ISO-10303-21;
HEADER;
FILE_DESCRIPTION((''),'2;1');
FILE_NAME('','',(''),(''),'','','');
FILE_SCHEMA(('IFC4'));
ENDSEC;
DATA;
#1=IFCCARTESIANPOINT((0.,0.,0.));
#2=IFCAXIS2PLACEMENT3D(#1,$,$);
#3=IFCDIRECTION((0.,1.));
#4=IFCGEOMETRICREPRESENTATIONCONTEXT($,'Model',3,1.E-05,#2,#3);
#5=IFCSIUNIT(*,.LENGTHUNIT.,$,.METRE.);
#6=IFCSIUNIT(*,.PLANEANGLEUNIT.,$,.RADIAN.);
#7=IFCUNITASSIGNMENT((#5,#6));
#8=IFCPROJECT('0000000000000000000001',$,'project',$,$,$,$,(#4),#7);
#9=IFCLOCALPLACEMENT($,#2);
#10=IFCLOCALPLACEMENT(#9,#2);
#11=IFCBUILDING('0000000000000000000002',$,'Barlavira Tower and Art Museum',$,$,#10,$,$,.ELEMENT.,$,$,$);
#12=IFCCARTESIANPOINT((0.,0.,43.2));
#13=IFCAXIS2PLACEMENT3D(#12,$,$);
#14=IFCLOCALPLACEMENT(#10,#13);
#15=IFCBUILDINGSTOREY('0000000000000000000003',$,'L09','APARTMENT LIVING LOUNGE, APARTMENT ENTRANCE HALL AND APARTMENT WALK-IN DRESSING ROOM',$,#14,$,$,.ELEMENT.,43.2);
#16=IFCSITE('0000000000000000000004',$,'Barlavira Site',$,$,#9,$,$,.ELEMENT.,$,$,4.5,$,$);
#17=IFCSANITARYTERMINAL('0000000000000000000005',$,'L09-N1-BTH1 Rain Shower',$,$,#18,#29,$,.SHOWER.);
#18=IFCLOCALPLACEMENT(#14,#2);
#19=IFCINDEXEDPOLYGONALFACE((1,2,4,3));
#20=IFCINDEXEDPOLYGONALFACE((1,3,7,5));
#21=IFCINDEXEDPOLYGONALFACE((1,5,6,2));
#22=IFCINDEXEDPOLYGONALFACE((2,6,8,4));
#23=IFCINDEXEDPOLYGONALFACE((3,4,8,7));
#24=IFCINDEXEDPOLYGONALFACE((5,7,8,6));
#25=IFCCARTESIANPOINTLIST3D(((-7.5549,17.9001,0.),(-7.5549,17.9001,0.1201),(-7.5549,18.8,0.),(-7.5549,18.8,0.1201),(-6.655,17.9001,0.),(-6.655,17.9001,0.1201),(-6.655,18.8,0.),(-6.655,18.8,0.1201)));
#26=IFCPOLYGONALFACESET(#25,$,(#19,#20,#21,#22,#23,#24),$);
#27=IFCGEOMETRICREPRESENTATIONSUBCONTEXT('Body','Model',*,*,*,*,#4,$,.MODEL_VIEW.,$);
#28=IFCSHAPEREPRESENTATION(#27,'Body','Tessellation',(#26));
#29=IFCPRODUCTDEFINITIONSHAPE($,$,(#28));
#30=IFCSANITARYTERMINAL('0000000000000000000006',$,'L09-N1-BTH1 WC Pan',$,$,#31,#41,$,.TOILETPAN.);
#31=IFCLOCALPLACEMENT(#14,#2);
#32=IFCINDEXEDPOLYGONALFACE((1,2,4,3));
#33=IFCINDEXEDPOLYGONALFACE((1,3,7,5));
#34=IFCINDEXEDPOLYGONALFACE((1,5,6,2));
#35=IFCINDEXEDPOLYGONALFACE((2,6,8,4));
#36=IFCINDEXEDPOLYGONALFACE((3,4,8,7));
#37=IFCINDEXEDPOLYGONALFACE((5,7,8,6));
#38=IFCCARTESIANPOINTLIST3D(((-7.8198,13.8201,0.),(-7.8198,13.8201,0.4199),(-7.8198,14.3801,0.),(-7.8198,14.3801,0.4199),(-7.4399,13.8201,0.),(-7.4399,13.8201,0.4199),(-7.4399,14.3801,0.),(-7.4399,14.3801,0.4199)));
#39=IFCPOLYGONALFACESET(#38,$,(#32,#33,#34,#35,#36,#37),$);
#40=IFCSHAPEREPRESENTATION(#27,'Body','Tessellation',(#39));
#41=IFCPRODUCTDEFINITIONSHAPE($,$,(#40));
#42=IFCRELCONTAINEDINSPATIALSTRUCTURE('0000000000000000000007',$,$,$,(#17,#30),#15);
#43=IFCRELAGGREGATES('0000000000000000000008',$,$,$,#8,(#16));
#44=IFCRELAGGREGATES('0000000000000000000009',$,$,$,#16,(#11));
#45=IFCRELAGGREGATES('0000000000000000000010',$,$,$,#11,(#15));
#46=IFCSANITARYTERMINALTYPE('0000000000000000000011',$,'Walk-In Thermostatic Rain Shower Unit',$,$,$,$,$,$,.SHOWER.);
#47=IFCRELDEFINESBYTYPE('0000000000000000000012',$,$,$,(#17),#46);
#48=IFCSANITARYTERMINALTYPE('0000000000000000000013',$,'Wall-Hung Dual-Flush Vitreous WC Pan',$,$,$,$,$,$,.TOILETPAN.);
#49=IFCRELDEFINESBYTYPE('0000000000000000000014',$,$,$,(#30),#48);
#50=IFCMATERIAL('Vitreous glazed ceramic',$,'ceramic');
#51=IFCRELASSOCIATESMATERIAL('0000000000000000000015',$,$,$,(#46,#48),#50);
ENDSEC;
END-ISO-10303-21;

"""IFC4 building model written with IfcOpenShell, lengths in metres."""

from ifc_helpers import new_model, si_unit, direction, frame, origin, origin_2d, place, context, subcontext, project, spatial, rectangle, extrude, material, type_object, element, save


model = new_model("IFC4")

# Units and contexts
model_context = context("Model", 3, precision=1e-05, world=origin(), true_north=direction((0.0, 1.0)))
body_context = subcontext(model_context, "Body", "Model", "MODEL_VIEW")
ifc_project = project(units=[si_unit("LENGTHUNIT", "METRE"), si_unit("PLANEANGLEUNIT", "RADIAN")], contexts=[model_context])

# Site, building, storey
site_placement = place(None, origin())
site = spatial("IfcSite", under=ifc_project, at=site_placement, Name="Barlavira Site", CompositionType="ELEMENT", RefElevation=4.5)
building_placement = place(site_placement, origin())
building = spatial("IfcBuilding", under=site, at=building_placement, Name="Barlavira Tower and Art Museum", CompositionType="ELEMENT")
storey_placement = place(building_placement, frame((0.0, 0.0, 43.2)))
storey = spatial("IfcBuildingStorey", under=building, at=storey_placement, Name="L09", Description="APARTMENT LIVING LOUNGE, APARTMENT ENTRANCE HALL AND APARTMENT WALK-IN DRESSING ROOM", CompositionType="ELEMENT", Elevation=43.2)

# Sanitary terminals
ifc_material_1 = material(Name="Vitreous glazed ceramic", Category="ceramic")
sanitary_terminal_type_1 = type_object("IfcSanitaryTerminalType", Name="Walk-In Thermostatic Rain Shower Unit", PredefinedType="SHOWER", material=ifc_material_1)
sanitary_terminal_1_placement = place(storey_placement, frame((-7.105, 18.3501, 0.0), z_axis=(0.0, 0.0, 1.0), x_axis=(1.0, 0.0, 0.0)))
element("IfcSanitaryTerminal", 1, at=sanitary_terminal_1_placement, inside=storey, type_object=sanitary_terminal_type_1, Name="L09-N1-BTH1 Rain Shower", PredefinedType="SHOWER", context=body_context, shape_type="SweptSolid", body=[
    extrude(rectangle(XDim=0.8999, YDim=0.8999, at=origin_2d()), origin(), (0.0, 0.0, 1.0), 0.1201),
])
sanitary_terminal_type_2 = type_object("IfcSanitaryTerminalType", Name="Wall-Hung Dual-Flush Vitreous WC Pan", PredefinedType="TOILETPAN", material=ifc_material_1)
sanitary_terminal_2_placement = place(storey_placement, frame((-7.6299, 14.1001, 0.0), z_axis=(0.0, 0.0, 1.0), x_axis=(1.0, 0.0, 0.0)))
element("IfcSanitaryTerminal", 2, at=sanitary_terminal_2_placement, inside=storey, type_object=sanitary_terminal_type_2, Name="L09-N1-BTH1 WC Pan", PredefinedType="TOILETPAN", context=body_context, shape_type="SweptSolid", body=[
    extrude(rectangle(XDim=0.3799, YDim=0.5601, at=origin_2d()), origin(), (0.0, 0.0, 1.0), 0.4199),
])

save(model, "model.ifc")
